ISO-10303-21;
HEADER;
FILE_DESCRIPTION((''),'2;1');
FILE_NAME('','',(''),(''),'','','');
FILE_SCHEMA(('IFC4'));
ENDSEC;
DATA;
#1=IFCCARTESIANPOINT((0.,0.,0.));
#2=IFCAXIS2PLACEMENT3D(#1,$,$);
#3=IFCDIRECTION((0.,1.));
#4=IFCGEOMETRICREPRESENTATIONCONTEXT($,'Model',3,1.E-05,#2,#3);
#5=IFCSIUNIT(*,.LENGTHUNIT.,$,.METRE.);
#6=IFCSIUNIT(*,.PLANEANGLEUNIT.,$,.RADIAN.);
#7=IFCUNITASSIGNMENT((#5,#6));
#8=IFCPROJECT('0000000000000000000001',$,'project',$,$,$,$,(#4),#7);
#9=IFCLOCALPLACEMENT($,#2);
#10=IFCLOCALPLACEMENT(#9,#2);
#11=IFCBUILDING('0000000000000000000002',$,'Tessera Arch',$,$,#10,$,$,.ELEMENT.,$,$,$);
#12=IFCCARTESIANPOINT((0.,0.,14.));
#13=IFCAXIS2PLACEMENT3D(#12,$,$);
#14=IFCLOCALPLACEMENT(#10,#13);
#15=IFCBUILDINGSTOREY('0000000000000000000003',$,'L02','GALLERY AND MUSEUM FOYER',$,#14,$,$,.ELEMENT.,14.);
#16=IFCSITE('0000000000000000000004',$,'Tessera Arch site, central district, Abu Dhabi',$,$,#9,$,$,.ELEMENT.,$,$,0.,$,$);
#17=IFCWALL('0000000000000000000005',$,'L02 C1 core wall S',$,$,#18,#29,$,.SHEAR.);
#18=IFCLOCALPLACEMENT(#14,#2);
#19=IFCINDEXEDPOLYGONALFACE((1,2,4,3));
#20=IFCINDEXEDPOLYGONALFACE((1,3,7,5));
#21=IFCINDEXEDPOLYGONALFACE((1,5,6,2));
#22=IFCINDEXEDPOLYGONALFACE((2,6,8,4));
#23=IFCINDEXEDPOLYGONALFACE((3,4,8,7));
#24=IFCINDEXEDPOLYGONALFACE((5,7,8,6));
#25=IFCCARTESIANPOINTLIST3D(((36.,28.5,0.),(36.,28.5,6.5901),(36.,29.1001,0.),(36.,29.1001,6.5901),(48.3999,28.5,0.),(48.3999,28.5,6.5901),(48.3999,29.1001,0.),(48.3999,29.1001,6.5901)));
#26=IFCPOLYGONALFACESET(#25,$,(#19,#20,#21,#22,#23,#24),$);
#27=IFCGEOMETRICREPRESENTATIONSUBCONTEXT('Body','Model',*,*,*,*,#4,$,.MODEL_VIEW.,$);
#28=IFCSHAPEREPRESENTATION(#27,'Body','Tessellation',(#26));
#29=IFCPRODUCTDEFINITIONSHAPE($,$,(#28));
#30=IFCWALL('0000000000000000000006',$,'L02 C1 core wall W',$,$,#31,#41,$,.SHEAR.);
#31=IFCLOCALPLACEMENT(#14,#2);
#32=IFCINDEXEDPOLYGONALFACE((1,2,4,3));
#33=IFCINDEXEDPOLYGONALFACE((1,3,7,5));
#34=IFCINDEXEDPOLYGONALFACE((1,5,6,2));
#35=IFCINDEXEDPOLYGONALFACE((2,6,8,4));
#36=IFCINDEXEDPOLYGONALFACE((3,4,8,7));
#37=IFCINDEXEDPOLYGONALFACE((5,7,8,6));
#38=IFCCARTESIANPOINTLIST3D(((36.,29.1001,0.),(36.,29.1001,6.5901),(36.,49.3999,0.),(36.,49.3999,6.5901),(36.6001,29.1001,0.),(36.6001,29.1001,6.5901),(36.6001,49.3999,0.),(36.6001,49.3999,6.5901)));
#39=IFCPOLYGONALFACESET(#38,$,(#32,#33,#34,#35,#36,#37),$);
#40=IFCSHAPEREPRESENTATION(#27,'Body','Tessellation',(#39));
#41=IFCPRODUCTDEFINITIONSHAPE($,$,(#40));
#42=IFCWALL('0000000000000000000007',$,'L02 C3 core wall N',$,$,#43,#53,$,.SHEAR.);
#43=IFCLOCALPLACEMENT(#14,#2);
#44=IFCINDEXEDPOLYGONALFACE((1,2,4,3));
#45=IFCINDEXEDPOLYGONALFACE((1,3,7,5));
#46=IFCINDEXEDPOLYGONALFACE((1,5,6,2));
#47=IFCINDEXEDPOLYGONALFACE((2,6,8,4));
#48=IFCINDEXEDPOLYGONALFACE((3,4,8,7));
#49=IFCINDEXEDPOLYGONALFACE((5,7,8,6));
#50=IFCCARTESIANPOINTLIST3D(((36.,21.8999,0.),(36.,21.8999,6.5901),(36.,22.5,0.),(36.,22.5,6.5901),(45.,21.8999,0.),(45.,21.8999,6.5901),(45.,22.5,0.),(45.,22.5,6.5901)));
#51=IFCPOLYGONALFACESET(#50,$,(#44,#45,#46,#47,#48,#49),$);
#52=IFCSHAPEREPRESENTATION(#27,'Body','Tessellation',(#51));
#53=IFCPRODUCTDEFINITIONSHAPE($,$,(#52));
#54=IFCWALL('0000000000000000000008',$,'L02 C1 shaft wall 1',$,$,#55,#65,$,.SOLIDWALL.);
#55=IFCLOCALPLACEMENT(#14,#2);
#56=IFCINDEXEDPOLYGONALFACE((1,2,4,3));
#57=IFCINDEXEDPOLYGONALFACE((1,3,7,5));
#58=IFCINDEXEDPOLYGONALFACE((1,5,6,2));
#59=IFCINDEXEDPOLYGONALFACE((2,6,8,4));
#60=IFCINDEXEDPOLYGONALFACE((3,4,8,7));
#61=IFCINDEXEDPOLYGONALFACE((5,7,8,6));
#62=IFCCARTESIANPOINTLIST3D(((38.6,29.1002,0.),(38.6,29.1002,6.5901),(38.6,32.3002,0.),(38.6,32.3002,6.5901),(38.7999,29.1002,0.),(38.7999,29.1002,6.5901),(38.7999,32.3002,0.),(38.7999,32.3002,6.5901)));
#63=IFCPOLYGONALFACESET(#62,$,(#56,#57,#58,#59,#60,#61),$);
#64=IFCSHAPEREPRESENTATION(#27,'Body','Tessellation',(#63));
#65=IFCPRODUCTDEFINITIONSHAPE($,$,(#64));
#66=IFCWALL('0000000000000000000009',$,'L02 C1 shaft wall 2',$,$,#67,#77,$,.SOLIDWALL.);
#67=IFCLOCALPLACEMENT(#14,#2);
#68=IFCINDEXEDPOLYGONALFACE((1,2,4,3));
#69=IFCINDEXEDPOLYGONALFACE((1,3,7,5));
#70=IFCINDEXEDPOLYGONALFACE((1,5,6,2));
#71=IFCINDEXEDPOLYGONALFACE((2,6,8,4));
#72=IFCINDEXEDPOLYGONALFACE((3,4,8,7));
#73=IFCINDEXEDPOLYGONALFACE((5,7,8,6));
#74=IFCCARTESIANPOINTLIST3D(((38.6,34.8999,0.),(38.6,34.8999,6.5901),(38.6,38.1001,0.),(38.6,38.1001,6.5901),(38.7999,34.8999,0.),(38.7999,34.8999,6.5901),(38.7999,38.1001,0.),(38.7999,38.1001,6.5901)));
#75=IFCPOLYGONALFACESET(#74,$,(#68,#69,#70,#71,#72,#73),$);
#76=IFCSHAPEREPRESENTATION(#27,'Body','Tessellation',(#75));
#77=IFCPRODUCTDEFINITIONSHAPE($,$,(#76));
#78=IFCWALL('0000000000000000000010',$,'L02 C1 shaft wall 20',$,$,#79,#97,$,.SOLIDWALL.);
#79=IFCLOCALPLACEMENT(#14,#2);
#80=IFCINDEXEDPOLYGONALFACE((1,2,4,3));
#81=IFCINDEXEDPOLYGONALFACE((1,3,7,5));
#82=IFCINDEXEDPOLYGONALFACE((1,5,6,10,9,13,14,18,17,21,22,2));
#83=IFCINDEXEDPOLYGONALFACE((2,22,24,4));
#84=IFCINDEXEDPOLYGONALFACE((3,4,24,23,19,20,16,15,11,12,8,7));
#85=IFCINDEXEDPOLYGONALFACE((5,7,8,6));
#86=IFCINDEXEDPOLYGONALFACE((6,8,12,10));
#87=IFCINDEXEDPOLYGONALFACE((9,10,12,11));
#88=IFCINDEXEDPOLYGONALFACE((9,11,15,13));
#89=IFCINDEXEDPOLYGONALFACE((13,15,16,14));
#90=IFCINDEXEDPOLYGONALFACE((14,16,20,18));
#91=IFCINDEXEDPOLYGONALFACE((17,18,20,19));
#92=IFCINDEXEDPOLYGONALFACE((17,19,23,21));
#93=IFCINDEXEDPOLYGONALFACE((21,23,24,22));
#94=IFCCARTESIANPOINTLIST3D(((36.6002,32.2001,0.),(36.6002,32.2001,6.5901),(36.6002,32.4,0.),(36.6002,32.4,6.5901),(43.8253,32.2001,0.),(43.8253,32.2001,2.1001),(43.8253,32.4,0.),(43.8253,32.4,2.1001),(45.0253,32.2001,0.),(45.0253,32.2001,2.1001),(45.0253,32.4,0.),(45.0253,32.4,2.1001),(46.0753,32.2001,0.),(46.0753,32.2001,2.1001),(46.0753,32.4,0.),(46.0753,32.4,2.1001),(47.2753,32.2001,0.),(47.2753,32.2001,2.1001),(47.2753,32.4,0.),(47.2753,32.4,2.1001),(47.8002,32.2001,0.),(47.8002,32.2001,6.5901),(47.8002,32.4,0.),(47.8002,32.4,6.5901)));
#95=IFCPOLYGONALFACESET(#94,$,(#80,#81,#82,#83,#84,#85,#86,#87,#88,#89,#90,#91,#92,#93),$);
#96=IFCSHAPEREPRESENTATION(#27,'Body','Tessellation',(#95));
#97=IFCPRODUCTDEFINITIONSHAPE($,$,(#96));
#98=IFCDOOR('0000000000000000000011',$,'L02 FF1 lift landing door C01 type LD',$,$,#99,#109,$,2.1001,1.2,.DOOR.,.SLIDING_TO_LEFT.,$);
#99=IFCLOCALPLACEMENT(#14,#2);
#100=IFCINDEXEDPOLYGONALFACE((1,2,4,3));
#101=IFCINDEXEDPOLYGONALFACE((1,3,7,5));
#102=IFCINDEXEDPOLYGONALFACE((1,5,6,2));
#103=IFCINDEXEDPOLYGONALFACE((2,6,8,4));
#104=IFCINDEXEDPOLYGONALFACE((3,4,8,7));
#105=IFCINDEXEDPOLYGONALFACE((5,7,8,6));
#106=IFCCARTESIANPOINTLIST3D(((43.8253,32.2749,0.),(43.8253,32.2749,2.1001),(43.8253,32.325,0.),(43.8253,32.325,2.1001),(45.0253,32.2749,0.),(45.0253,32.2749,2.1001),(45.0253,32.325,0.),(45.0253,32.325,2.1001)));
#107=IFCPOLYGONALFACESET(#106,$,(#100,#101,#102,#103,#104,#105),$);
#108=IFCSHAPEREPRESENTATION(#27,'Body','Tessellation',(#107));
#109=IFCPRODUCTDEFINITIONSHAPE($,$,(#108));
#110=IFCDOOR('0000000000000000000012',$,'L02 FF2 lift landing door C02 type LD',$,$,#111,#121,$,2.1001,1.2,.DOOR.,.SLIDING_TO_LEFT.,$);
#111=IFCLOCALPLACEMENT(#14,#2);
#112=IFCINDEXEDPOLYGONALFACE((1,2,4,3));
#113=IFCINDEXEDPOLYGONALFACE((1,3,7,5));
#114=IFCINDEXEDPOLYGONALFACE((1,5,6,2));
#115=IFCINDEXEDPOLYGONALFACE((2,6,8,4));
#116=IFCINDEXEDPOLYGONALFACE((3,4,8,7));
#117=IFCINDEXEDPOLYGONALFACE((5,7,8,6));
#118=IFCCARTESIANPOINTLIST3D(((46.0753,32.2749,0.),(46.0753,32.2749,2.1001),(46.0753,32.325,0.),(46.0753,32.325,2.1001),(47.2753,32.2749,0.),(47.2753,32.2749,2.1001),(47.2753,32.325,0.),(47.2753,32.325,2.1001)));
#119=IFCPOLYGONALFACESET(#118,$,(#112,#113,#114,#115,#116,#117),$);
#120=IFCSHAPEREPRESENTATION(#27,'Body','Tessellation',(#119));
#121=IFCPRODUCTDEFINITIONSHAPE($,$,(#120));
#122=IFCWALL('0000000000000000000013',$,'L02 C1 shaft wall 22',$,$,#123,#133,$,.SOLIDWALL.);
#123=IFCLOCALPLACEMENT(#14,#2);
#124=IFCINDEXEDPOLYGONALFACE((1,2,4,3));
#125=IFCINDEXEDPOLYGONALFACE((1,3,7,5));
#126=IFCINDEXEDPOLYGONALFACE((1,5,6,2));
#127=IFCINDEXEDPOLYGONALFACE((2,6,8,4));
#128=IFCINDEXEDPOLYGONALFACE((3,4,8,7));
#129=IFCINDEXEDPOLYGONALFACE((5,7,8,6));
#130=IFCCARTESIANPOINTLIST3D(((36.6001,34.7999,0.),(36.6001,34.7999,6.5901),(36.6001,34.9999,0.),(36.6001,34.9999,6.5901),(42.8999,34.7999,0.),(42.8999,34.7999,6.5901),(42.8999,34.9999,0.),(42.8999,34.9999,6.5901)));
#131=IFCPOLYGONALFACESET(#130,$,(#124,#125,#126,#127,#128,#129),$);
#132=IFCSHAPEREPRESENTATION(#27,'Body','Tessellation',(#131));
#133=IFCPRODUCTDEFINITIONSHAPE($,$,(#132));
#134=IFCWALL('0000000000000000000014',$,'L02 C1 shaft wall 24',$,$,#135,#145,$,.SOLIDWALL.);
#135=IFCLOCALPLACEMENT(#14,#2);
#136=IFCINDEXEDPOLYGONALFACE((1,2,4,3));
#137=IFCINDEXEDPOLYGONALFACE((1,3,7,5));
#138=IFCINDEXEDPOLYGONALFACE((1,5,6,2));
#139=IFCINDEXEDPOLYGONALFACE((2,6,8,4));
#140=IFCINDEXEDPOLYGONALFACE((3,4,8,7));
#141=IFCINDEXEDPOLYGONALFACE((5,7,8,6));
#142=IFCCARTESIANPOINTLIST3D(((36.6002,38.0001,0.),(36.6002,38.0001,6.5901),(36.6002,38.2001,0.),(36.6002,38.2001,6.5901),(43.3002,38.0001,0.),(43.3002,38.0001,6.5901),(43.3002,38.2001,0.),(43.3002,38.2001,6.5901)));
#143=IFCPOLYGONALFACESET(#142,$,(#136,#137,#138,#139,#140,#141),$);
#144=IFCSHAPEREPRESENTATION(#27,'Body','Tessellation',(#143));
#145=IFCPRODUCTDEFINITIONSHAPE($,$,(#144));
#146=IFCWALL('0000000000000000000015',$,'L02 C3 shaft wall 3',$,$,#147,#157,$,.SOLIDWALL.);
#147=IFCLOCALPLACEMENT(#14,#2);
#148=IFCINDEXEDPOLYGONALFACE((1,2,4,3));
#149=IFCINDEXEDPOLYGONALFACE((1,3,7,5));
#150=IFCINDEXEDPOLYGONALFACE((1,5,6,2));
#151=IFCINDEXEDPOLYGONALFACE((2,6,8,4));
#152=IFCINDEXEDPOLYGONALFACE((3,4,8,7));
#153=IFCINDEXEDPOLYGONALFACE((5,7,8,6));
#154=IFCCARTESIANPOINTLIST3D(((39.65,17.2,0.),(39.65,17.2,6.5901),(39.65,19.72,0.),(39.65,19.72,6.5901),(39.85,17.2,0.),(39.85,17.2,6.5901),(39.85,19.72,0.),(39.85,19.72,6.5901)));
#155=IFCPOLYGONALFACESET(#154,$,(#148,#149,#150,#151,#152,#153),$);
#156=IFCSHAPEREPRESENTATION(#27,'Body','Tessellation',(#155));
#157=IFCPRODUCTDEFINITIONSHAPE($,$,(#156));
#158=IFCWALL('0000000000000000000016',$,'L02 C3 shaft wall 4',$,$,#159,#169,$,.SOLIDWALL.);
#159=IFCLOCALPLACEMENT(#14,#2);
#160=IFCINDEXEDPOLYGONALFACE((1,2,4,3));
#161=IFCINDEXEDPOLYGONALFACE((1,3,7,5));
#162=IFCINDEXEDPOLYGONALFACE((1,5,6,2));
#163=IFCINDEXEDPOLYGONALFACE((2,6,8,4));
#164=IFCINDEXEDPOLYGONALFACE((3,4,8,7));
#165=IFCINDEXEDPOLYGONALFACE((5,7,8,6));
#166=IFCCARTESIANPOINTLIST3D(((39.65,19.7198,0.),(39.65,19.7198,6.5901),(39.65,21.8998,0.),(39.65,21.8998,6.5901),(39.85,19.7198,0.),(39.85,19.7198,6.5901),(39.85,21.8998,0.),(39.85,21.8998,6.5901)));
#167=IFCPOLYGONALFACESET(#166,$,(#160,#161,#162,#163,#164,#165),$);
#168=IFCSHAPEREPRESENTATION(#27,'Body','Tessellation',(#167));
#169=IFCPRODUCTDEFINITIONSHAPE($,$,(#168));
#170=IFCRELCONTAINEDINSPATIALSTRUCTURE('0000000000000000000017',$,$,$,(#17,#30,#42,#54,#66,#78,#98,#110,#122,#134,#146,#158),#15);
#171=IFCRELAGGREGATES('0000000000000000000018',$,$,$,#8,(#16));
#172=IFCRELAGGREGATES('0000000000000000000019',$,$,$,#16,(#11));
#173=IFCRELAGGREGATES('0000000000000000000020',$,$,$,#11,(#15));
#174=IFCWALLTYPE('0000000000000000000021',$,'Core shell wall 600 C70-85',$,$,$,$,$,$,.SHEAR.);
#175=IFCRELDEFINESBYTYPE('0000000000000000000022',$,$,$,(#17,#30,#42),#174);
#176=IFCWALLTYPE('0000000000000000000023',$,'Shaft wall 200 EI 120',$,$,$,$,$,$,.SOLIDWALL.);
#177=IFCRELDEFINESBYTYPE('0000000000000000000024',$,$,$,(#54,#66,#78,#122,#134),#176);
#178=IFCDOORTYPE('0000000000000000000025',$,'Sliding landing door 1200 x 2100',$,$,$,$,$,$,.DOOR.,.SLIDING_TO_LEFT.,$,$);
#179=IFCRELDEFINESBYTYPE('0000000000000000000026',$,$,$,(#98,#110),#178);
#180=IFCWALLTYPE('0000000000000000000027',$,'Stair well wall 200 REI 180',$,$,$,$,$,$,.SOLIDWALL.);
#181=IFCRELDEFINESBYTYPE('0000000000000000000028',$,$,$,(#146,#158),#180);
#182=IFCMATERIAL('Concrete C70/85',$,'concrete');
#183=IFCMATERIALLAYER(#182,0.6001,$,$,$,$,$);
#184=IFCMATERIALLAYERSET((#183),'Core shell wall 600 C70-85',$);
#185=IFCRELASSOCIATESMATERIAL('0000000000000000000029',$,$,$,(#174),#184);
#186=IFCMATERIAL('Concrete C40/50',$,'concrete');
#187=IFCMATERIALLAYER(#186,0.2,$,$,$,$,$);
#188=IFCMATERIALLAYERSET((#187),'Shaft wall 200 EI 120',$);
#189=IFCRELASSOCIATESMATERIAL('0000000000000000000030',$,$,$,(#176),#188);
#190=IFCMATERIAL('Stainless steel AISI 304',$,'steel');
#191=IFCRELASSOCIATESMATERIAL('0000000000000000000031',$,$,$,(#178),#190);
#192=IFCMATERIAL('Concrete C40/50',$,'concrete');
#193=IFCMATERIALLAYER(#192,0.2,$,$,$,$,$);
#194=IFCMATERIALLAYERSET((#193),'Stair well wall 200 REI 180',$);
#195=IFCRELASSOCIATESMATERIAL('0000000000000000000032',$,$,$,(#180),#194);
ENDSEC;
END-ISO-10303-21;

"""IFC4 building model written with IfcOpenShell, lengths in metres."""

from ifc_helpers import new_model, si_unit, direction, frame, frame_2d, origin, place, context, subcontext, project, spatial, rectangle, extrude, material, layer, layer_set, type_object, element, fill, save


model = new_model("IFC4")

# Units and contexts
model_context = context("Model", 3, precision=1e-05, world=origin(), true_north=direction((0.0, 1.0)))
body_context = subcontext(model_context, "Body", "Model", "MODEL_VIEW")
ifc_project = project(units=[si_unit("LENGTHUNIT", "METRE"), si_unit("PLANEANGLEUNIT", "RADIAN")], contexts=[model_context])

# Site, building, storey
site_placement = place(None, origin())
site = spatial("IfcSite", under=ifc_project, at=site_placement, Name="Tessera Arch site, central district, Abu Dhabi", CompositionType="ELEMENT", RefElevation=0.0)
building_placement = place(site_placement, origin())
building = spatial("IfcBuilding", under=site, at=building_placement, Name="Tessera Arch", CompositionType="ELEMENT")
storey_placement = place(building_placement, frame((0.0, 0.0, 14.0)))
storey = spatial("IfcBuildingStorey", under=building, at=storey_placement, Name="L02", Description="GALLERY AND MUSEUM FOYER", CompositionType="ELEMENT", Elevation=14.0)

# Walls
ifc_material_1 = material(Name="Concrete C70/85", Category="concrete")
ifc_layer_1 = layer(ifc_material_1, 0.6001)
ifc_layer_set_1 = layer_set([ifc_layer_1], Name="Core shell wall 600 C70-85")
wall_type_1 = type_object("IfcWallType", Name="Core shell wall 600 C70-85", PredefinedType="SHEAR", material=ifc_layer_set_1)
wall_1_placement = place(storey_placement, frame((36.0, 28.8, 0.0), z_axis=(0.0, 0.0, 1.0), x_axis=(1.0, 0.0, 0.0)))
element("IfcWall", 1, at=wall_1_placement, inside=storey, type_object=wall_type_1, Name="L02 C1 core wall S", PredefinedType="SHEAR", context=body_context, shape_type="SweptSolid", body=[
    extrude(rectangle(XDim=12.3999, YDim=0.6001, at=frame_2d((6.2, 0.0))), origin(), (0.0, 0.0, 1.0), 6.5901),
])
wall_2_placement = place(storey_placement, frame((36.3, 29.1001, 0.0), z_axis=(0.0, 0.0, 1.0), x_axis=(0.0, 1.0, 0.0)))
element("IfcWall", 2, at=wall_2_placement, inside=storey, type_object=wall_type_1, Name="L02 C1 core wall W", PredefinedType="SHEAR", context=body_context, shape_type="SweptSolid", body=[
    extrude(rectangle(XDim=20.2998, YDim=0.6001, at=frame_2d((10.1499, 0.0))), origin(), (0.0, 0.0, 1.0), 6.5901),
])
wall_3_placement = place(storey_placement, frame((36.0, 22.2, 0.0), z_axis=(0.0, 0.0, 1.0), x_axis=(1.0, 0.0, 0.0)))
element("IfcWall", 3, at=wall_3_placement, inside=storey, type_object=wall_type_1, Name="L02 C3 core wall N", PredefinedType="SHEAR", context=body_context, shape_type="SweptSolid", body=[
    extrude(rectangle(XDim=9.0, YDim=0.6001, at=frame_2d((4.5, 0.0))), origin(), (0.0, 0.0, 1.0), 6.5901),
])
ifc_material_2 = material(Name="Concrete C40/50", Category="concrete")
ifc_layer_2 = layer(ifc_material_2, 0.2)
ifc_layer_set_2 = layer_set([ifc_layer_2], Name="Shaft wall 200 EI 120")
wall_type_2 = type_object("IfcWallType", Name="Shaft wall 200 EI 120", PredefinedType="SOLIDWALL", material=ifc_layer_set_2)
wall_4_placement = place(storey_placement, frame((38.7, 29.1001, 0.0), z_axis=(0.0, 0.0, 1.0), x_axis=(0.0, 1.0, 0.0)))
element("IfcWall", 4, at=wall_4_placement, inside=storey, type_object=wall_type_2, Name="L02 C1 shaft wall 1", PredefinedType="SOLIDWALL", context=body_context, shape_type="SweptSolid", body=[
    extrude(rectangle(XDim=3.2, YDim=0.2, at=frame_2d((1.6001, 0.0))), origin(), (0.0, 0.0, 1.0), 6.5901),
])
wall_5_placement = place(storey_placement, frame((38.7, 34.8999, 0.0), z_axis=(0.0, 0.0, 1.0), x_axis=(0.0, 1.0, 0.0)))
element("IfcWall", 5, at=wall_5_placement, inside=storey, type_object=wall_type_2, Name="L02 C1 shaft wall 2", PredefinedType="SOLIDWALL", context=body_context, shape_type="SweptSolid", body=[
    extrude(rectangle(XDim=3.2002, YDim=0.2, at=frame_2d((1.6001, 0.0))), origin(), (0.0, 0.0, 1.0), 6.5901),
])

# Wall, openings, doors
wall_6_placement = place(storey_placement, frame((36.6001, 32.3, 0.0), z_axis=(0.0, 0.0, 1.0), x_axis=(1.0, 0.0, 0.0)))
wall_6 = element("IfcWall", 6, at=wall_6_placement, inside=storey, type_object=wall_type_2, Name="L02 C1 shaft wall 20", PredefinedType="SOLIDWALL", context=body_context, shape_type="SweptSolid", body=[
    extrude(rectangle(XDim=11.2, YDim=0.2, at=frame_2d((5.6001, 0.0))), origin(), (0.0, 0.0, 1.0), 6.5901),
])
opening_1_placement = place(wall_6_placement, frame((7.2251, 0.0, 0.0)))
opening_1 = element("IfcOpeningElement", 7, at=opening_1_placement, cuts=wall_6, PredefinedType="OPENING", context=body_context, shape_type="SweptSolid", body=[
    extrude(rectangle(XDim=1.2, YDim=2.1001, at=frame_2d((0.6001, 1.05))), frame((0.0, 0.1099, 0.0), z_axis=(0.0, -1.0, 0.0), x_axis=(1.0, 0.0, 0.0)), (0.0, 0.0, 1.0), 0.22),
])
opening_2_placement = place(wall_6_placement, frame((9.4751, 0.0, 0.0)))
opening_2 = element("IfcOpeningElement", 8, at=opening_2_placement, cuts=wall_6, PredefinedType="OPENING", context=body_context, shape_type="SweptSolid", body=[
    extrude(rectangle(XDim=1.2, YDim=2.1001, at=frame_2d((0.6001, 1.05))), frame((0.0, 0.1099, 0.0), z_axis=(0.0, -1.0, 0.0), x_axis=(1.0, 0.0, 0.0)), (0.0, 0.0, 1.0), 0.22),
])
ifc_material_3 = material(Name="Stainless steel AISI 304", Category="steel")
door_type = type_object("IfcDoorType", Name="Sliding landing door 1200 x 2100", OperationType="SLIDING_TO_LEFT", PredefinedType="DOOR", material=ifc_material_3)
door_1_placement = place(opening_1_placement, origin())
door_1 = element("IfcDoor", 9, at=door_1_placement, inside=storey, type_object=door_type, Name="L02 FF1 lift landing door C01 type LD", OperationType="SLIDING_TO_LEFT", OverallHeight=2.1001, OverallWidth=1.2, PredefinedType="DOOR", context=body_context, shape_type="SweptSolid", body=[
    extrude(rectangle(XDim=1.2, YDim=2.1001, at=frame_2d((0.6001, 1.05))), frame((0.0, 0.0249, 0.0), z_axis=(0.0, -1.0, 0.0), x_axis=(1.0, 0.0, 0.0)), (0.0, 0.0, 1.0), 0.05),
])
fill(opening_1, door_1)
door_2_placement = place(opening_2_placement, origin())
door_2 = element("IfcDoor", 10, at=door_2_placement, inside=storey, type_object=door_type, Name="L02 FF2 lift landing door C02 type LD", OperationType="SLIDING_TO_LEFT", OverallHeight=2.1001, OverallWidth=1.2, PredefinedType="DOOR", context=body_context, shape_type="SweptSolid", body=[
    extrude(rectangle(XDim=1.2, YDim=2.1001, at=frame_2d((0.6001, 1.05))), frame((0.0, 0.0249, 0.0), z_axis=(0.0, -1.0, 0.0), x_axis=(1.0, 0.0, 0.0)), (0.0, 0.0, 1.0), 0.05),
])
fill(opening_2, door_2)

# Walls
wall_7_placement = place(storey_placement, frame((36.6001, 34.8999, 0.0), z_axis=(0.0, 0.0, 1.0), x_axis=(1.0, 0.0, 0.0)))
element("IfcWall", 11, at=wall_7_placement, inside=storey, type_object=wall_type_2, Name="L02 C1 shaft wall 22", PredefinedType="SOLIDWALL", context=body_context, shape_type="SweptSolid", body=[
    extrude(rectangle(XDim=6.2998, YDim=0.2, at=frame_2d((3.1499, 0.0))), origin(), (0.0, 0.0, 1.0), 6.5901),
])
wall_8_placement = place(storey_placement, frame((36.6001, 38.1001, 0.0), z_axis=(0.0, 0.0, 1.0), x_axis=(1.0, 0.0, 0.0)))
element("IfcWall", 12, at=wall_8_placement, inside=storey, type_object=wall_type_2, Name="L02 C1 shaft wall 24", PredefinedType="SOLIDWALL", context=body_context, shape_type="SweptSolid", body=[
    extrude(rectangle(XDim=6.7, YDim=0.2, at=frame_2d((3.3501, 0.0))), origin(), (0.0, 0.0, 1.0), 6.5901),
])
ifc_material_4 = material(Name="Concrete C40/50", Category="concrete")
ifc_layer_3 = layer(ifc_material_4, 0.2)
ifc_layer_set_3 = layer_set([ifc_layer_3], Name="Stair well wall 200 REI 180")
wall_type_3 = type_object("IfcWallType", Name="Stair well wall 200 REI 180", PredefinedType="SOLIDWALL", material=ifc_layer_set_3)
wall_9_placement = place(storey_placement, frame((39.75, 17.2, 0.0), z_axis=(0.0, 0.0, 1.0), x_axis=(0.0, 1.0, 0.0)))
element("IfcWall", 13, at=wall_9_placement, inside=storey, type_object=wall_type_3, Name="L02 C3 shaft wall 3", PredefinedType="SOLIDWALL", context=body_context, shape_type="SweptSolid", body=[
    extrude(rectangle(XDim=2.52, YDim=0.2, at=frame_2d((1.26, 0.0))), origin(), (0.0, 0.0, 1.0), 6.5901),
])
wall_10_placement = place(storey_placement, frame((39.75, 19.72, 0.0), z_axis=(0.0, 0.0, 1.0), x_axis=(0.0, 1.0, 0.0)))
element("IfcWall", 14, at=wall_10_placement, inside=storey, type_object=wall_type_3, Name="L02 C3 shaft wall 4", PredefinedType="SOLIDWALL", context=body_context, shape_type="SweptSolid", body=[
    extrude(rectangle(XDim=2.1799, YDim=0.2, at=frame_2d((1.0898, 0.0))), origin(), (0.0, 0.0, 1.0), 6.5901),
])

save(model, "model.ifc")
